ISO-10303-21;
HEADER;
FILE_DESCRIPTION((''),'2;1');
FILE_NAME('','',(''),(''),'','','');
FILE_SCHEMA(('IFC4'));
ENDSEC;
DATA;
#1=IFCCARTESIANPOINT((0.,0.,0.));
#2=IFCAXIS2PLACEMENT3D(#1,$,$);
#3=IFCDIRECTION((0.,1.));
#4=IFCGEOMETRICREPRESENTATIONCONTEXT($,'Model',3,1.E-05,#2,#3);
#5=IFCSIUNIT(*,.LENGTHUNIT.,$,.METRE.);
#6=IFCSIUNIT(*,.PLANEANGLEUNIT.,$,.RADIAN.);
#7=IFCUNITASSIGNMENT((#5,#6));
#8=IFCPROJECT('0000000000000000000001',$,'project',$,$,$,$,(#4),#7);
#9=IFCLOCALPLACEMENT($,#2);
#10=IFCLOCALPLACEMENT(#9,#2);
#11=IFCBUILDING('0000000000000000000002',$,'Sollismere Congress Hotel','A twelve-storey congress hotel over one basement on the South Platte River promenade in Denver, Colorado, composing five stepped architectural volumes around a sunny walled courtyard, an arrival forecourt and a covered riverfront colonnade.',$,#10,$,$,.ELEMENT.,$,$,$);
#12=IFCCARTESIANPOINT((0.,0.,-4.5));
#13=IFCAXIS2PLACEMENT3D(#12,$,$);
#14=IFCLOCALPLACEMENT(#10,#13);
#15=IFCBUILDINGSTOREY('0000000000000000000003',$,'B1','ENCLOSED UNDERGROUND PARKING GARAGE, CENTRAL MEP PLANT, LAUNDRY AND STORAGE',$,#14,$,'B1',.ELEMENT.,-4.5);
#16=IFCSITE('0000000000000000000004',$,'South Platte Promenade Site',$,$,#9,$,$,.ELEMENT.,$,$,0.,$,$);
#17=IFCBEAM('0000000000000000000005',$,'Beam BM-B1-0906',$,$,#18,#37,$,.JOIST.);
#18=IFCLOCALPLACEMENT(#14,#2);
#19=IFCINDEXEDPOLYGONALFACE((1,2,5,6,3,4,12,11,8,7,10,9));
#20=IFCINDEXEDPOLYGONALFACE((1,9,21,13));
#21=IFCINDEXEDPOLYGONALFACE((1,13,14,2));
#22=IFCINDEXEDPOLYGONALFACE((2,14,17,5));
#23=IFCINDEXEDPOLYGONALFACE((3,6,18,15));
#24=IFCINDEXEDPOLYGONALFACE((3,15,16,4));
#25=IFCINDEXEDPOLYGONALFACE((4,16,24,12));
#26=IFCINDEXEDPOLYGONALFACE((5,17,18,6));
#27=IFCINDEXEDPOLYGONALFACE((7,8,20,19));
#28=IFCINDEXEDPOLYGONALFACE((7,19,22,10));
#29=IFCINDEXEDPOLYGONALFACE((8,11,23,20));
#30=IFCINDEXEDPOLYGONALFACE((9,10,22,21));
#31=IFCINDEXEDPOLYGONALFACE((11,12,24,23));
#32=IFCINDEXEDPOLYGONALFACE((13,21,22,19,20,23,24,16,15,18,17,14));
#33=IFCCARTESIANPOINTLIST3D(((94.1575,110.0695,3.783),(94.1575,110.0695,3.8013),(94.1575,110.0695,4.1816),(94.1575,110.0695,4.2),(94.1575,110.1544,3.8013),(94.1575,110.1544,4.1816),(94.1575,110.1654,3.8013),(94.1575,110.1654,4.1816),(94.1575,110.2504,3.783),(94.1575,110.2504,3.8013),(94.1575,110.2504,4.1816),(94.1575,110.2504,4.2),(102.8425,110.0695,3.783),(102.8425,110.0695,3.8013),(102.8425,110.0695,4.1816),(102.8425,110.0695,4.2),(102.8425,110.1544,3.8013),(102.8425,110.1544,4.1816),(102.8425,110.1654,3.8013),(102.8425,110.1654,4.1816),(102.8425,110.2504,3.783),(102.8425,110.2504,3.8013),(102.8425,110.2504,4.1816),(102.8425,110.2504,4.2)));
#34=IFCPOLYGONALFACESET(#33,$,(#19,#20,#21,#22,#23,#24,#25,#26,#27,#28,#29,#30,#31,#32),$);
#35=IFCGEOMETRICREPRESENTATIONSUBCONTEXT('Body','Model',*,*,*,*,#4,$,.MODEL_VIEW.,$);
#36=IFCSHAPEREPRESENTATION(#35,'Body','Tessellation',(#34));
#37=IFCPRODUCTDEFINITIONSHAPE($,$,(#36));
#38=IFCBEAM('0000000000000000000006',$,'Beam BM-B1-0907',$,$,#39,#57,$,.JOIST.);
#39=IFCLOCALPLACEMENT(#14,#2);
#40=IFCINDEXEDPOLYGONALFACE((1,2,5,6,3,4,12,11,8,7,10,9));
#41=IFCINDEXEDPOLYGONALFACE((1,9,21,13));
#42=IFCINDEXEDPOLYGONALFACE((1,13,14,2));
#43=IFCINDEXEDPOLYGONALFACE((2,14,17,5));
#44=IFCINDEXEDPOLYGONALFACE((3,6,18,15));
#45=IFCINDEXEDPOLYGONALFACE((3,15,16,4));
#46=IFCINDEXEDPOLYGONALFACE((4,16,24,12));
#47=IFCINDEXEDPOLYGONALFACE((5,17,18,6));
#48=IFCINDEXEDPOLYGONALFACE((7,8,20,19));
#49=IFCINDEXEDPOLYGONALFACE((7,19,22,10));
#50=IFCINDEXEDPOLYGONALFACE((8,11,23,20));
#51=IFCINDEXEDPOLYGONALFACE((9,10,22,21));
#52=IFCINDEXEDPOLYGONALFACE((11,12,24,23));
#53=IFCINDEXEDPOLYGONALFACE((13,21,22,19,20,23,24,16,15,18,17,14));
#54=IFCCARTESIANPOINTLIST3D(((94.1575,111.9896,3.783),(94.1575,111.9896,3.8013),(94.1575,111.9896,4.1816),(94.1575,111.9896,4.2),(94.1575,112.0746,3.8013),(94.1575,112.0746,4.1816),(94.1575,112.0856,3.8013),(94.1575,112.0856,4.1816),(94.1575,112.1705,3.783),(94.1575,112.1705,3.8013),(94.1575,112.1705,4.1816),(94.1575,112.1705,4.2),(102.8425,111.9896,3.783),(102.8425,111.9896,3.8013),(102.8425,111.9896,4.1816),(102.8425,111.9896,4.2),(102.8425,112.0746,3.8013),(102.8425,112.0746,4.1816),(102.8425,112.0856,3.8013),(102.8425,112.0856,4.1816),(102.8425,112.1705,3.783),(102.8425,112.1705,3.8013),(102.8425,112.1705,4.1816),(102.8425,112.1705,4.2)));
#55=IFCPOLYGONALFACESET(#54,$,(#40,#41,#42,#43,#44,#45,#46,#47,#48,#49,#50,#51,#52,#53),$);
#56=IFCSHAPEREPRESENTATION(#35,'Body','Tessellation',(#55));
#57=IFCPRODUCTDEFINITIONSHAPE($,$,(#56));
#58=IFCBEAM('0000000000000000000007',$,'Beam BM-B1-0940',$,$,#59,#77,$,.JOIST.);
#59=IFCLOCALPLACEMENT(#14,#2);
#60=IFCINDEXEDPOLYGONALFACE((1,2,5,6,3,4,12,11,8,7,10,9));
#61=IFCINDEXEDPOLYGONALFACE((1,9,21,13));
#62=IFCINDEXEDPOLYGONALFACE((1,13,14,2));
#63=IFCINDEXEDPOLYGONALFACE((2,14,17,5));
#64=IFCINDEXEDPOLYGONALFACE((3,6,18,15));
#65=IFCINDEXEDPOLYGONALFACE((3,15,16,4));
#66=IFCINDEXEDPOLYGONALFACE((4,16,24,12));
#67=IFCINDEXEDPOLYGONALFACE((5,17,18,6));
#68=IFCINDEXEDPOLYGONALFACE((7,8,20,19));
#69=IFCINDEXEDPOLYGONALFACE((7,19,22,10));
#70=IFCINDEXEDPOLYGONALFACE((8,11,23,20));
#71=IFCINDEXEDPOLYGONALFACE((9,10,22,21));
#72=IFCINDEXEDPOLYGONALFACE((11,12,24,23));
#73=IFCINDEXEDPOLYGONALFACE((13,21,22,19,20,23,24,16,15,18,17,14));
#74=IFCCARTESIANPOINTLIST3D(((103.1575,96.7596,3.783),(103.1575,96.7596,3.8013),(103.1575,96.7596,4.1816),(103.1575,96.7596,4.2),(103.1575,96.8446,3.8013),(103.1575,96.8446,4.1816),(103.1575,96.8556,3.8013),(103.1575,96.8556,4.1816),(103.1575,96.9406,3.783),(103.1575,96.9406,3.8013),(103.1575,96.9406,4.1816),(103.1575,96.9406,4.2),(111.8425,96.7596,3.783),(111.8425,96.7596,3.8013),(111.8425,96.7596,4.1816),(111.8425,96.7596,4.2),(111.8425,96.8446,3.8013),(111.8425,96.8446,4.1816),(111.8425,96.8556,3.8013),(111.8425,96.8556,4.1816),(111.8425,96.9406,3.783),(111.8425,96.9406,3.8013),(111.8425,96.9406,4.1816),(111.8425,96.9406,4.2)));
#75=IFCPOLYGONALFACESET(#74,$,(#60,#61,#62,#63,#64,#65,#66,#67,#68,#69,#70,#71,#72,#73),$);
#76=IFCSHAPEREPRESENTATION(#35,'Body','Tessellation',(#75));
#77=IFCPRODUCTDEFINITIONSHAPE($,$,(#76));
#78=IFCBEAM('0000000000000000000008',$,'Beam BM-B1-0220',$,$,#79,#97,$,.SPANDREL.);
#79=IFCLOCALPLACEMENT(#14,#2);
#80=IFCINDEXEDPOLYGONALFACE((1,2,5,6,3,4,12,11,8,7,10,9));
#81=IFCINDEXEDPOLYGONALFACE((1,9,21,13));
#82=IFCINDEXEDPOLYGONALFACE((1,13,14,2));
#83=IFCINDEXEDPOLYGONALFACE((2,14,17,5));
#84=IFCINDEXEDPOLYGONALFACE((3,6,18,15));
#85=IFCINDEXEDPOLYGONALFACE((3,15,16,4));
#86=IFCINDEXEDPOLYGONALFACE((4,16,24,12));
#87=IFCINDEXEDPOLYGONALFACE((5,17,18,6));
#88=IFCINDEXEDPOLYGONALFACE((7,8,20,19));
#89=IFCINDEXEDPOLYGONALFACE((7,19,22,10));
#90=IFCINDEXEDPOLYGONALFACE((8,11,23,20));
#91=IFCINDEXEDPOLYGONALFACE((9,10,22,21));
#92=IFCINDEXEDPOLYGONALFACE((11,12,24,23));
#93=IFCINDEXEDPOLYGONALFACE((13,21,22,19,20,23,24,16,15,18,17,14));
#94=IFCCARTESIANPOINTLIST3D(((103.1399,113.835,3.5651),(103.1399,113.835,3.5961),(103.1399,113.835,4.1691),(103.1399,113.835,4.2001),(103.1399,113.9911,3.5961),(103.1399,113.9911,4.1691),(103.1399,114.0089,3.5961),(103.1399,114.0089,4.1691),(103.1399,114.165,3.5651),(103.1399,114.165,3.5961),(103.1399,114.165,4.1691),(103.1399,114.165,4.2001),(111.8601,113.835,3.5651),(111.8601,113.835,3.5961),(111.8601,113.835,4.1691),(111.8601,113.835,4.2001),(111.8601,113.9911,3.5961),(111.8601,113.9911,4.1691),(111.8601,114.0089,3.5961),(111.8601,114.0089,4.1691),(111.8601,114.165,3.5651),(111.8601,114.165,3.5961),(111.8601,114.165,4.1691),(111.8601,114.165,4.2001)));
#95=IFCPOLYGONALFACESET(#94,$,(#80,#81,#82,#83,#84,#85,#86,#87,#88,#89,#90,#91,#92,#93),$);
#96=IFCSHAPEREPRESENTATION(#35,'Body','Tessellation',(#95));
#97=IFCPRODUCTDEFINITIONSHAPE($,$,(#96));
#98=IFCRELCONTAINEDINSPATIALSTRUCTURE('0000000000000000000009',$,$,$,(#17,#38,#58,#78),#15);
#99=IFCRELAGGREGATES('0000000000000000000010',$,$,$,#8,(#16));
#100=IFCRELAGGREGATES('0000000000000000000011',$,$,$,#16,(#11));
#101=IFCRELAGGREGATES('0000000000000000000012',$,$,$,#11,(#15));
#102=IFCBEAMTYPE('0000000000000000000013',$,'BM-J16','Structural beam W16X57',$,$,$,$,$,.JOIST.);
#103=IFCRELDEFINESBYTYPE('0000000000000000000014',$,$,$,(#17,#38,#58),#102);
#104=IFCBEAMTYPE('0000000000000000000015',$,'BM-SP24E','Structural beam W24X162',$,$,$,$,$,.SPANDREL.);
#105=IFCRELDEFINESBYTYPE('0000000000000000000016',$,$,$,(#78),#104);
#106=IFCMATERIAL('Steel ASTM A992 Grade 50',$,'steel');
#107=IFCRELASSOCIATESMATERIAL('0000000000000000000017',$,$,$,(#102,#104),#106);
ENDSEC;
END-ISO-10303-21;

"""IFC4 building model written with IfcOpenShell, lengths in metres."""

from ifc_helpers import new_model, si_unit, direction, frame, origin, origin_2d, place, context, subcontext, project, spatial, i_section, extrude, material, material_profile, profile_set, type_object, element, save


model = new_model("IFC4")

# Units and contexts
model_context = context("Model", 3, precision=1e-05, world=origin(), true_north=direction((0.0, 1.0)))
body_context = subcontext(model_context, "Body", "Model", "MODEL_VIEW")
ifc_project = project(units=[si_unit("LENGTHUNIT", "METRE"), si_unit("PLANEANGLEUNIT", "RADIAN")], contexts=[model_context])

# Site, building, storey
site_placement = place(None, origin())
site = spatial("IfcSite", under=ifc_project, at=site_placement, Name="South Platte Promenade Site", CompositionType="ELEMENT", RefElevation=0.0)
building_placement = place(site_placement, origin())
building = spatial("IfcBuilding", under=site, at=building_placement, Name="Sollismere Congress Hotel", Description="A twelve-storey congress hotel over one basement on the South Platte River promenade in Denver, Colorado, composing five stepped architectural volumes around a sunny walled courtyard, an arrival forecourt and a covered riverfront colonnade.", CompositionType="ELEMENT")
storey_placement = place(building_placement, frame((0.0, 0.0, -4.5)))
storey = spatial("IfcBuildingStorey", under=building, at=storey_placement, Name="B1", Description="ENCLOSED UNDERGROUND PARKING GARAGE, CENTRAL MEP PLANT, LAUNDRY AND STORAGE", LongName="B1", CompositionType="ELEMENT", Elevation=-4.5)

# Beams
ifc_material_1 = material(Name="Steel ASTM A992 Grade 50", Category="steel")
ifc_material_profile_1 = material_profile(ifc_material_1, i_section(OverallWidth=0.1809, OverallDepth=0.417, WebThickness=0.011, FlangeThickness=0.0183, at=origin_2d()), Name="W16X57")
ifc_profile_set_1 = profile_set([ifc_material_profile_1], Name="Steel ASTM A992 Grade 50")
beam_type_1 = type_object("IfcBeamType", Name="BM-J16", Description="Structural beam W16X57", PredefinedType="JOIST", material=ifc_profile_set_1)
for number, where, z_axis, x_axis, name in (
    (1, (94.1575, 110.1599, 3.9915), (1.0, 0.0, 0.0), (0.0, 1.0, 0.0), "Beam BM-B1-0906"),
    (2, (94.1575, 112.0801, 3.9915), (1.0, 0.0, 0.0), (0.0, 1.0, 0.0), "Beam BM-B1-0907"),
    (3, (103.1575, 96.8501, 3.9915), (1.0, 0.0, 0.0), (0.0, 1.0, 0.0), "Beam BM-B1-0940"),
):
    element("IfcBeam", number, at=place(storey_placement, frame(where, z_axis=z_axis, x_axis=x_axis)), inside=storey, type_object=beam_type_1, Name=name, PredefinedType="JOIST", context=body_context, shape_type="SweptSolid", body=[
        extrude(i_section(OverallWidth=0.1809, OverallDepth=0.417, WebThickness=0.011, FlangeThickness=0.0183, at=origin_2d()), origin(), (0.0, 0.0, 1.0), 8.6851),
    ])
ifc_material_profile_2 = material_profile(ifc_material_1, i_section(OverallWidth=0.3301, OverallDepth=0.635, WebThickness=0.0178, FlangeThickness=0.031, at=origin_2d()), Name="W24X162")
ifc_profile_set_2 = profile_set([ifc_material_profile_2], Name="Steel ASTM A992 Grade 50")
beam_type_2 = type_object("IfcBeamType", Name="BM-SP24E", Description="Structural beam W24X162", PredefinedType="SPANDREL", material=ifc_profile_set_2)
beam_1_placement = place(storey_placement, frame((103.1399, 114.0, 3.8826), z_axis=(1.0, 0.0, 0.0), x_axis=(0.0, 1.0, 0.0)))
element("IfcBeam", 4, at=beam_1_placement, inside=storey, type_object=beam_type_2, Name="Beam BM-B1-0220", PredefinedType="SPANDREL", context=body_context, shape_type="SweptSolid", body=[
    extrude(i_section(OverallWidth=0.3301, OverallDepth=0.635, WebThickness=0.0178, FlangeThickness=0.031, at=origin_2d()), origin(), (0.0, 0.0, 1.0), 8.7202),
])

save(model, "model.ifc")
